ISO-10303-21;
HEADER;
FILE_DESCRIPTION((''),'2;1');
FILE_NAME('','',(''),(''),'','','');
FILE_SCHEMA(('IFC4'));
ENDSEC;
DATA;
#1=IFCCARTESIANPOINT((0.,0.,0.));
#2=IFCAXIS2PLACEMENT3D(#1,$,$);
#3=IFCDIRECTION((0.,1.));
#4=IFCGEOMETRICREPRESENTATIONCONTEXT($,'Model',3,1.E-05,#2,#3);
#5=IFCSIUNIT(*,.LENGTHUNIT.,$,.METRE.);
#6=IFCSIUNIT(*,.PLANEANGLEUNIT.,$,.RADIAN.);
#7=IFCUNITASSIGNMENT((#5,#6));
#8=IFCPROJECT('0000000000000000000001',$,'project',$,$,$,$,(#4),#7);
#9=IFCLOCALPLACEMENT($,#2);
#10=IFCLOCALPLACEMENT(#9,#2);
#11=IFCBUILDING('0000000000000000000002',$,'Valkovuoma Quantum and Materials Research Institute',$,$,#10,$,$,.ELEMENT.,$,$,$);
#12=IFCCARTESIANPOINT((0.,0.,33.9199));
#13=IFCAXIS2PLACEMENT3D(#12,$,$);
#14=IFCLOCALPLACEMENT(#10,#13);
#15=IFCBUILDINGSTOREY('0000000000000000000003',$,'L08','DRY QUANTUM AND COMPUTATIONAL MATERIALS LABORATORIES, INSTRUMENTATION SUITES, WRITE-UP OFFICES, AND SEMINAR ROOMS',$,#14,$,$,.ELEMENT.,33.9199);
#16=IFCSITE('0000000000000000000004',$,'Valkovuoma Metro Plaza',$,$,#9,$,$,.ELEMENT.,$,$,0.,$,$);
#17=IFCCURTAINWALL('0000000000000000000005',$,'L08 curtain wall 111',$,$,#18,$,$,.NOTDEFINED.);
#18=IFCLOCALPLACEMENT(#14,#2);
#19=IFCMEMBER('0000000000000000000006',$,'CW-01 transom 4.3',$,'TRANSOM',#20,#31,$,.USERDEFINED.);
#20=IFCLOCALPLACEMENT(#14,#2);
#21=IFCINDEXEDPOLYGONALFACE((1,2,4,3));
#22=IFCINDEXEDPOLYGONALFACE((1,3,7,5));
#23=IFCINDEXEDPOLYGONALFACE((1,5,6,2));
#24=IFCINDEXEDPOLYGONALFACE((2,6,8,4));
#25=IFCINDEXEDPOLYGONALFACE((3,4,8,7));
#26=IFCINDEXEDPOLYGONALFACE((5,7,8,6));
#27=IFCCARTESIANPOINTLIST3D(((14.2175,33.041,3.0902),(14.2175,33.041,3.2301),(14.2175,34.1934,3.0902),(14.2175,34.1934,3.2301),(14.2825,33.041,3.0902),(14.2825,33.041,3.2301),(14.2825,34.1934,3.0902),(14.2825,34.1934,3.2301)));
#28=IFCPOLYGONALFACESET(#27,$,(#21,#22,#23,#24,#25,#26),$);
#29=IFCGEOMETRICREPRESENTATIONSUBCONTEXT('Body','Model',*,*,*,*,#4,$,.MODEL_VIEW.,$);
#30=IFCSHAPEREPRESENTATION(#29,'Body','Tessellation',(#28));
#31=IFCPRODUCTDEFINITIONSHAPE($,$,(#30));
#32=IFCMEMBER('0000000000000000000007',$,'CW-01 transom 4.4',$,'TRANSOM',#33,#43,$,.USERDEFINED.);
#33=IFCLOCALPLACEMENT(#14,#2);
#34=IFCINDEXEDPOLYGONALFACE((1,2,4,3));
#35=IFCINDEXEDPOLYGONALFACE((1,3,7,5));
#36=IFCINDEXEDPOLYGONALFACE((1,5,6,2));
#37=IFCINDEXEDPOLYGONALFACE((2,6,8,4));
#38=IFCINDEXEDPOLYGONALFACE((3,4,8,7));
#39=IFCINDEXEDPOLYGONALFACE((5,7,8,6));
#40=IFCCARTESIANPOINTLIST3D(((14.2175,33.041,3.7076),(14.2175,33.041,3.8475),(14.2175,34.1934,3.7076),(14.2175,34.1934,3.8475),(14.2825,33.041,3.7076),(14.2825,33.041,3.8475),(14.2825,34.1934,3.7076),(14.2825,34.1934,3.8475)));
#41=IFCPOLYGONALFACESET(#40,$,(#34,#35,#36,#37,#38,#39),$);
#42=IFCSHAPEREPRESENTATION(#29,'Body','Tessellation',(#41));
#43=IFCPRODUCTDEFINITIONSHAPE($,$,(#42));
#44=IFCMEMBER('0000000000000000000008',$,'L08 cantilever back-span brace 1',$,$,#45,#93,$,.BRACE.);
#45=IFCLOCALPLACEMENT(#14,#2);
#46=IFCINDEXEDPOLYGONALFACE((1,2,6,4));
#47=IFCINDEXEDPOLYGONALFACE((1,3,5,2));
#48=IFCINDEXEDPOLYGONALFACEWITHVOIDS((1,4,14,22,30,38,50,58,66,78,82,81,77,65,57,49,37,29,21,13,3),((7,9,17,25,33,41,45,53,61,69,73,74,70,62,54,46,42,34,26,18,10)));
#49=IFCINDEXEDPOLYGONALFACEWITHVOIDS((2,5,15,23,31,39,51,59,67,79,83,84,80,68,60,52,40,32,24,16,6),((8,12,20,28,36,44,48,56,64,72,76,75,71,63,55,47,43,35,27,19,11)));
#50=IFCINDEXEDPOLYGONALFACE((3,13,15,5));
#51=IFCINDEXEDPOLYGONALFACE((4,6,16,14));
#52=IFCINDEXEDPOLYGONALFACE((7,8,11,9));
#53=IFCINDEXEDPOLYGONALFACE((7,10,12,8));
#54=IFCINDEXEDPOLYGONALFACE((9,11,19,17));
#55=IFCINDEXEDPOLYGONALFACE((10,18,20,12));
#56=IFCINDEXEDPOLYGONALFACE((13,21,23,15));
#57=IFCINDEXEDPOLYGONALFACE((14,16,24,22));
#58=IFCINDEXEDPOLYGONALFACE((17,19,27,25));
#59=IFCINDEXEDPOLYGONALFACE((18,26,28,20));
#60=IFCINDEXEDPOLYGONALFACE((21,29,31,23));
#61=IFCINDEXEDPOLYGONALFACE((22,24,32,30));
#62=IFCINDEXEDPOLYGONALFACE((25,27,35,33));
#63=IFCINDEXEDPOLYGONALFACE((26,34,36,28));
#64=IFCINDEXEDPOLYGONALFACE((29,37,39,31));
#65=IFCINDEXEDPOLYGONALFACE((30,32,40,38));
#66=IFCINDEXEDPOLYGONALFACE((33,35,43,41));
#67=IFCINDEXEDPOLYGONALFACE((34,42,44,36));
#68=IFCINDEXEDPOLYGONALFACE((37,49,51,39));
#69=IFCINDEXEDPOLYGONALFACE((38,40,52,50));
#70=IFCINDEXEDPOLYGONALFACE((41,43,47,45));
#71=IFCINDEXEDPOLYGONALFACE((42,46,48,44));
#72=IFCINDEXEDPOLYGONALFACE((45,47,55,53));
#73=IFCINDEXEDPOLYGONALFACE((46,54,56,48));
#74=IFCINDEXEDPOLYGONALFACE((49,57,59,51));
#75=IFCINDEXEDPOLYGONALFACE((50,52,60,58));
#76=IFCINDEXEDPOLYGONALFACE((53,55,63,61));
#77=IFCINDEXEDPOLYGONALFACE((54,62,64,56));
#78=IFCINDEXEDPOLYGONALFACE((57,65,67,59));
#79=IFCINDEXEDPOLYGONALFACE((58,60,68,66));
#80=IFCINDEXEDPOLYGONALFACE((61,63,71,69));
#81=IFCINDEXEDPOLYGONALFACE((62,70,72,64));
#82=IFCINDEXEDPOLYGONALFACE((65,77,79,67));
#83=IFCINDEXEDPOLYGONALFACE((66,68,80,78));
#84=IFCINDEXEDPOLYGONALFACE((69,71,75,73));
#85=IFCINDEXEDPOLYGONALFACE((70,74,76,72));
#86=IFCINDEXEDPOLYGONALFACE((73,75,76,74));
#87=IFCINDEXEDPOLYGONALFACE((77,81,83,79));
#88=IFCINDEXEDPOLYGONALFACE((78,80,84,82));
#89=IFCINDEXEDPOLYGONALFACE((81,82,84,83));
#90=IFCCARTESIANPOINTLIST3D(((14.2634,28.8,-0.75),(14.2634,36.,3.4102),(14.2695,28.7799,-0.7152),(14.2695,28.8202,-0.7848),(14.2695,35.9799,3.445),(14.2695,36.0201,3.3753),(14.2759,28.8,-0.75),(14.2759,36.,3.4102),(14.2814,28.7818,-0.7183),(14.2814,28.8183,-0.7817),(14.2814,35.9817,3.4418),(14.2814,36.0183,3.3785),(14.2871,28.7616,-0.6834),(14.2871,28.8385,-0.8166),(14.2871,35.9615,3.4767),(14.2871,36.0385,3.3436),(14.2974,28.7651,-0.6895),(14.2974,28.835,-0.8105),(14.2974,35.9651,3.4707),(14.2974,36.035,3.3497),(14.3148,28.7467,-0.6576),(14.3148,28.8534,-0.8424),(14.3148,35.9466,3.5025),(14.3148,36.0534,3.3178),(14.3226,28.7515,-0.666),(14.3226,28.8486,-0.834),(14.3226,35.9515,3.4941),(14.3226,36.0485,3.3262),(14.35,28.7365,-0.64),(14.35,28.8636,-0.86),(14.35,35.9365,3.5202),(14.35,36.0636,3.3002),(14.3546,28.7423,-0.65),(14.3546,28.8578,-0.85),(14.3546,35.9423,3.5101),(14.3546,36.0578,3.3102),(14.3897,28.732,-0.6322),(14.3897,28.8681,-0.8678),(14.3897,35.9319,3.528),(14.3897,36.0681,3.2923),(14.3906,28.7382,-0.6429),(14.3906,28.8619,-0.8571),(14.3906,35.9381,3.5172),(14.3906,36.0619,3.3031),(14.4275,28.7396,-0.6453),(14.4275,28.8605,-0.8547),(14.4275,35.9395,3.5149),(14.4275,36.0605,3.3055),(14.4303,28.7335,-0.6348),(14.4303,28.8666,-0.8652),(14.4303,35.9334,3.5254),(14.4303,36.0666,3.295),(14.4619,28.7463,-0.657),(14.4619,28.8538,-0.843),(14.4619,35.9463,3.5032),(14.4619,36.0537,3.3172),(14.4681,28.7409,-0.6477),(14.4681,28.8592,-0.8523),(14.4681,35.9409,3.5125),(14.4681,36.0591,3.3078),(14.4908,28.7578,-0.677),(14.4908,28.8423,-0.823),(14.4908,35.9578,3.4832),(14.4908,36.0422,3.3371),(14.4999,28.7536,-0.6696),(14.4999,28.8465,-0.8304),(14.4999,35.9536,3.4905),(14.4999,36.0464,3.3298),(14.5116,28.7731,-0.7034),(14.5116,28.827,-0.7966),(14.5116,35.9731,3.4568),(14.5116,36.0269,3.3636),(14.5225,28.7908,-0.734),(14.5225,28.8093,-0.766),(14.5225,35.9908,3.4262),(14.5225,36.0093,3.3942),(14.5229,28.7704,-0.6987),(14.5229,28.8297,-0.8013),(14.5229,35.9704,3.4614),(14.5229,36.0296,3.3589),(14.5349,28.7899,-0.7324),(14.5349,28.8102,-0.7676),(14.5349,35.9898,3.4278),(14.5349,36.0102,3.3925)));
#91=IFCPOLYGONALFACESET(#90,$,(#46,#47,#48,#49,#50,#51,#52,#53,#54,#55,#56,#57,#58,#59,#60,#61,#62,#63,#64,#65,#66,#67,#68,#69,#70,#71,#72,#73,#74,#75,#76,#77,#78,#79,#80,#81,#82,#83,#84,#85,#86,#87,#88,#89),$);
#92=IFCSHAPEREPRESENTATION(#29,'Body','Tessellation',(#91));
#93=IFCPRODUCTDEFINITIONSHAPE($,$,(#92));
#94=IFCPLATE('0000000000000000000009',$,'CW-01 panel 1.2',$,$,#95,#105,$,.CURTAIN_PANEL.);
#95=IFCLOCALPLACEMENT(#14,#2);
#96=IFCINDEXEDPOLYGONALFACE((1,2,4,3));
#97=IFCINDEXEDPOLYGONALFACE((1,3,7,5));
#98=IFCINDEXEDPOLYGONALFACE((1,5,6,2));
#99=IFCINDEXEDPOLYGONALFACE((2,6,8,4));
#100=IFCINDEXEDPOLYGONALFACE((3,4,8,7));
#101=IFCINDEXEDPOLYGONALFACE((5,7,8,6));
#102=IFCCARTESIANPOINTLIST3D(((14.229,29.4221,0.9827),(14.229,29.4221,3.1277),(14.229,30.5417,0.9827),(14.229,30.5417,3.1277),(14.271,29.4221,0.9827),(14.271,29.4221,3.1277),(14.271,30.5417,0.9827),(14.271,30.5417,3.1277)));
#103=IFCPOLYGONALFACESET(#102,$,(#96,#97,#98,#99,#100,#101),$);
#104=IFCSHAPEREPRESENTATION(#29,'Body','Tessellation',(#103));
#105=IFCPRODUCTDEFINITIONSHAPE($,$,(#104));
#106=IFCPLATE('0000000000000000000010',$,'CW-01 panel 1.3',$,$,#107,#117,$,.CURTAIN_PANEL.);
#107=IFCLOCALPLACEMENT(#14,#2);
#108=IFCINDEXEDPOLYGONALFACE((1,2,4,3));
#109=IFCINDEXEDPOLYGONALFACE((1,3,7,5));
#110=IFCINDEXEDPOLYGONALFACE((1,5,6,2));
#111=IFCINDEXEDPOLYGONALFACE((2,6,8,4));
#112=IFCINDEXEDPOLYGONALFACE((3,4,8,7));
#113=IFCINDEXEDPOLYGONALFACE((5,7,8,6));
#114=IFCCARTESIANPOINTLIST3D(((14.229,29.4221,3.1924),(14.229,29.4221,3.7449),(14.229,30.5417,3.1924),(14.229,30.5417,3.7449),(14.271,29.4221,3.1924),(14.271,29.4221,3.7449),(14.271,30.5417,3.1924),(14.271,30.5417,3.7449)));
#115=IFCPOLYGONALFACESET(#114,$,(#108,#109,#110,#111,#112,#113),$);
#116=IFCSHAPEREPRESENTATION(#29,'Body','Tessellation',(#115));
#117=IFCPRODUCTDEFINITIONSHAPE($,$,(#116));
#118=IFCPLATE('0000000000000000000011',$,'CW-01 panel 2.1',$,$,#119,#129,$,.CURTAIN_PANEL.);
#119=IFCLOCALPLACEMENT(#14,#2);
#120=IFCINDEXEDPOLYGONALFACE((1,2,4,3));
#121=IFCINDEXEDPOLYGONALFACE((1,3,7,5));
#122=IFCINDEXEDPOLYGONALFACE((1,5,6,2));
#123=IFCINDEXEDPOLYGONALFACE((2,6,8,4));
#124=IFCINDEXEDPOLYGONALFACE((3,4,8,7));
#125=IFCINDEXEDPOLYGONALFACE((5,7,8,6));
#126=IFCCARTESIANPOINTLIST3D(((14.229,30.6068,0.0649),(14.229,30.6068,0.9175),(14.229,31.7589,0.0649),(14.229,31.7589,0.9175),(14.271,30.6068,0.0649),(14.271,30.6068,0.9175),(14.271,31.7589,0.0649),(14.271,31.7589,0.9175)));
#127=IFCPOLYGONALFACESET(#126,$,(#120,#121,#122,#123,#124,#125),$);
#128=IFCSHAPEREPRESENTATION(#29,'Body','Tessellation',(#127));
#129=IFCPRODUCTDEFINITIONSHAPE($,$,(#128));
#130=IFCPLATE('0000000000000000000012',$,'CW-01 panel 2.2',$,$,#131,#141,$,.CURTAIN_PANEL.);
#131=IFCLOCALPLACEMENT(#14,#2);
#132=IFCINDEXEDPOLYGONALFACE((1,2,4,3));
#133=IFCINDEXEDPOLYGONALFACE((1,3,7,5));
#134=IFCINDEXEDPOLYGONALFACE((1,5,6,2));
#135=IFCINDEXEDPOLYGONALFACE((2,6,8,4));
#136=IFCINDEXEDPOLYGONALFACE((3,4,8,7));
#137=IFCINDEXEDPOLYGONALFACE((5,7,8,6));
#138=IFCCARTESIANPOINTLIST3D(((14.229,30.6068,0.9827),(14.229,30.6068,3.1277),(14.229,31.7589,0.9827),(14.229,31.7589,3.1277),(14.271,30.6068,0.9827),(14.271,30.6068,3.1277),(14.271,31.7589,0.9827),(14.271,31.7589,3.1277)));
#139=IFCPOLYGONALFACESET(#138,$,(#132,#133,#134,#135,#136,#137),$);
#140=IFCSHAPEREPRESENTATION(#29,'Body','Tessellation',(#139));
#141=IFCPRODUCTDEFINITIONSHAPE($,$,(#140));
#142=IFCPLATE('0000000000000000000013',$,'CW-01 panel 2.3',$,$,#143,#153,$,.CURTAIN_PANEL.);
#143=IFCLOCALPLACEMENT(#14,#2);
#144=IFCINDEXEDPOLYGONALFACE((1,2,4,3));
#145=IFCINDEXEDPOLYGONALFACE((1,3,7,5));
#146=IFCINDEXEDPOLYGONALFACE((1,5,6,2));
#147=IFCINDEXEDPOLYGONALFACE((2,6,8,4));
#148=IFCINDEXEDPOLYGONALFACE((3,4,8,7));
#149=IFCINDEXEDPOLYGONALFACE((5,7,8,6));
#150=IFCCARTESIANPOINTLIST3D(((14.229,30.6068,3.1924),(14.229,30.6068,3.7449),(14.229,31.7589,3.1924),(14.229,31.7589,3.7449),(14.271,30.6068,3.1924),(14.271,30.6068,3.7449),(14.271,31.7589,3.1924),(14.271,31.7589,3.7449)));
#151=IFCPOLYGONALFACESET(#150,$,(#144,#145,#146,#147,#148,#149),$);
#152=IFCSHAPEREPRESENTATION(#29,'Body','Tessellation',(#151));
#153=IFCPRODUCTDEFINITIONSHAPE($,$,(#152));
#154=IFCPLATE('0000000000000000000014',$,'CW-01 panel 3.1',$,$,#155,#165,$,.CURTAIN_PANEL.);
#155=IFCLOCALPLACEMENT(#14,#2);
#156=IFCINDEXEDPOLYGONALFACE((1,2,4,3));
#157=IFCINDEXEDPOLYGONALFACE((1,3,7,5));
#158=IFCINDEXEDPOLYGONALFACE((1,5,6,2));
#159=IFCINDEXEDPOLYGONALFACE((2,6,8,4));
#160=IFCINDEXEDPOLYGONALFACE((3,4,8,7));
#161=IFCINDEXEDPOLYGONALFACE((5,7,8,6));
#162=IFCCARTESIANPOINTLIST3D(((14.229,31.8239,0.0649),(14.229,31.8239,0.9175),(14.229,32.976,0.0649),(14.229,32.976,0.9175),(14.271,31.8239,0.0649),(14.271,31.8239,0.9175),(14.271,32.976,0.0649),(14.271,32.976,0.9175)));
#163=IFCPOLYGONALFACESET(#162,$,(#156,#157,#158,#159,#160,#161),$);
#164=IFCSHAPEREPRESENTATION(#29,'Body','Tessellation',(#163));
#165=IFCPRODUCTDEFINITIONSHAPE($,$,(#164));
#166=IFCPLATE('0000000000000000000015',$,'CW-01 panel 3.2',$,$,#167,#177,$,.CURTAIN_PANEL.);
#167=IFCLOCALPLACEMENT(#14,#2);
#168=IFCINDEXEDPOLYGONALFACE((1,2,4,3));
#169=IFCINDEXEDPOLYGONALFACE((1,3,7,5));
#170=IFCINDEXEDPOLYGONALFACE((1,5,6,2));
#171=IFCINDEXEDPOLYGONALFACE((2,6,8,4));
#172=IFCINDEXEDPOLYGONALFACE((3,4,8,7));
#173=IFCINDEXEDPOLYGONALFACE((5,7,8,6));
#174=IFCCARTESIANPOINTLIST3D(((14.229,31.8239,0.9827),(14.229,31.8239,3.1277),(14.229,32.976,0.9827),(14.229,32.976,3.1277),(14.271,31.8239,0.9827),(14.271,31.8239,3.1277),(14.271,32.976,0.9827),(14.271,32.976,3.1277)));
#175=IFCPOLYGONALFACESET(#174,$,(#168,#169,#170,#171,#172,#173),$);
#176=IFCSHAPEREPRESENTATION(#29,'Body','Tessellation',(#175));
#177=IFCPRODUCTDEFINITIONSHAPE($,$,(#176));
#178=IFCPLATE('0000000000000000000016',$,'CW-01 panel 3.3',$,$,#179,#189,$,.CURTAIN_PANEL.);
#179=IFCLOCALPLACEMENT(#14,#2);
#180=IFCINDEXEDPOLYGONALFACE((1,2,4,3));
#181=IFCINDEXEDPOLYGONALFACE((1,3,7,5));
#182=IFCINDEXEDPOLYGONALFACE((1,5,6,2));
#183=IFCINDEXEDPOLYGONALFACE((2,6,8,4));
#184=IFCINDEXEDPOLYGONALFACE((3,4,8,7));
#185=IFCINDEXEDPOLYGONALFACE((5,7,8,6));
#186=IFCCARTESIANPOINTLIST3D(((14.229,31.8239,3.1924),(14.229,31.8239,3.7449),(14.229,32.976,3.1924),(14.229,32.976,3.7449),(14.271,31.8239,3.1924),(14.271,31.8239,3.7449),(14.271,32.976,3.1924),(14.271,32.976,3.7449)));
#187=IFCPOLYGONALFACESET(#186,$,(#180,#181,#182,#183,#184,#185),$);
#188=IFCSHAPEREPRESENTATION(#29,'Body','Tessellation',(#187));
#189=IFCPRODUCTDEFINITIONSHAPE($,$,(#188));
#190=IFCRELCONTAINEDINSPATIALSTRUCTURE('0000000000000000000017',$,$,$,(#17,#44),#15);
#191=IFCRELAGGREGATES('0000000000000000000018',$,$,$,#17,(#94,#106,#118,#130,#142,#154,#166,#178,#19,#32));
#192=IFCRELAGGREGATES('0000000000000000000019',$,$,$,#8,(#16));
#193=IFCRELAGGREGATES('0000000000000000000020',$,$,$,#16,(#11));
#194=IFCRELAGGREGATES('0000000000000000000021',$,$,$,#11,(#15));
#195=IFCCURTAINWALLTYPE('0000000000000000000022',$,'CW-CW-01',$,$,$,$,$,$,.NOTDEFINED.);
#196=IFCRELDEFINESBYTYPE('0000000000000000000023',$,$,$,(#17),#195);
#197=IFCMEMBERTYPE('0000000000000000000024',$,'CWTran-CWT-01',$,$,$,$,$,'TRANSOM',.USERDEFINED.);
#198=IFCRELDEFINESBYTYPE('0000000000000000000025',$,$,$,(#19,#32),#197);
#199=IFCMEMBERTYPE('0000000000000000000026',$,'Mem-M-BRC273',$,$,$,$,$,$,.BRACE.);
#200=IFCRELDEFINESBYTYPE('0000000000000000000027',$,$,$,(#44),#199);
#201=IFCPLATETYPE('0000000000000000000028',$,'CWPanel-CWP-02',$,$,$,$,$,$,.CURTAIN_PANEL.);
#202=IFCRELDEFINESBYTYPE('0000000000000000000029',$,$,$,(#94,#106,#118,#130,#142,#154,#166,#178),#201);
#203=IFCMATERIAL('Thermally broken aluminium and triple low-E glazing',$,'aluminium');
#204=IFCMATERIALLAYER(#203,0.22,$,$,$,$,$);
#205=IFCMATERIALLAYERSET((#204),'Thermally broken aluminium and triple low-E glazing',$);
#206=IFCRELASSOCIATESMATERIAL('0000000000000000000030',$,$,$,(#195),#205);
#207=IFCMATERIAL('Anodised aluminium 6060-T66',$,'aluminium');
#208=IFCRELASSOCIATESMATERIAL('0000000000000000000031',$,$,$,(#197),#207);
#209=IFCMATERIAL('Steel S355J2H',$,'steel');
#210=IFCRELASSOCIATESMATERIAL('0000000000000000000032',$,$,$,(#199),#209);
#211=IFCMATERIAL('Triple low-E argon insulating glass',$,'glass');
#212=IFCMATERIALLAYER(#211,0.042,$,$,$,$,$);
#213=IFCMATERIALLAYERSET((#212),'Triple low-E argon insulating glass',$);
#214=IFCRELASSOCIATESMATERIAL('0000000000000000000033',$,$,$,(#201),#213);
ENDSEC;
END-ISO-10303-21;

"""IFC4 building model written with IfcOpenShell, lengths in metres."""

from ifc_helpers import new_model, si_unit, direction, frame, origin, origin_2d, place, context, subcontext, project, spatial, rectangle, hollow_circle, extrude, material, layer, layer_set, material_profile, profile_set, type_object, element, aggregate, save


model = new_model("IFC4")

# Units and contexts
model_context = context("Model", 3, precision=1e-05, world=origin(), true_north=direction((0.0, 1.0)))
body_context = subcontext(model_context, "Body", "Model", "MODEL_VIEW")
ifc_project = project(units=[si_unit("LENGTHUNIT", "METRE"), si_unit("PLANEANGLEUNIT", "RADIAN")], contexts=[model_context])

# Site, building, storey
site_placement = place(None, origin())
site = spatial("IfcSite", under=ifc_project, at=site_placement, Name="Valkovuoma Metro Plaza", CompositionType="ELEMENT", RefElevation=0.0)
building_placement = place(site_placement, origin())
building = spatial("IfcBuilding", under=site, at=building_placement, Name="Valkovuoma Quantum and Materials Research Institute", CompositionType="ELEMENT")
storey_placement = place(building_placement, frame((0.0, 0.0, 33.9199)))
storey = spatial("IfcBuildingStorey", under=building, at=storey_placement, Name="L08", Description="DRY QUANTUM AND COMPUTATIONAL MATERIALS LABORATORIES, INSTRUMENTATION SUITES, WRITE-UP OFFICES, AND SEMINAR ROOMS", CompositionType="ELEMENT", Elevation=33.9199)

# Curtain wall, members
ifc_material_1 = material(Name="Thermally broken aluminium and triple low-E glazing", Category="aluminium")
ifc_layer_1 = layer(ifc_material_1, 0.22)
ifc_layer_set_1 = layer_set([ifc_layer_1], Name="Thermally broken aluminium and triple low-E glazing")
curtain_wall_type = type_object("IfcCurtainWallType", Name="CW-CW-01", PredefinedType="NOTDEFINED", material=ifc_layer_set_1)
curtain_wall_placement = place(storey_placement, origin())
curtain_wall = element("IfcCurtainWall", 1, at=curtain_wall_placement, inside=storey, type_object=curtain_wall_type, Name="L08 curtain wall 111", PredefinedType="NOTDEFINED")
ifc_material_2 = material(Name="Anodised aluminium 6060-T66", Category="aluminium")
ifc_material_profile_1 = material_profile(ifc_material_2, rectangle(XDim=0.0649, YDim=0.1399, at=origin_2d()), Name="Anodised aluminium 6060-T66")
ifc_profile_set_1 = profile_set([ifc_material_profile_1], Name="Anodised aluminium 6060-T66")
member_type_1 = type_object("IfcMemberType", Name="CWTran-CWT-01", ElementType="TRANSOM", PredefinedType="USERDEFINED", material=ifc_profile_set_1)
member_1_placement = place(storey_placement, frame((14.25, 33.041, 3.1602), z_axis=(0.0, 1.0, 0.0), x_axis=(-1.0, 0.0, 0.0)))
member_1 = element("IfcMember", 2, at=member_1_placement, type_object=member_type_1, Name="CW-01 transom 4.3", ObjectType="TRANSOM", PredefinedType="USERDEFINED", context=body_context, shape_type="SweptSolid", body=[
    extrude(rectangle(XDim=0.0649, YDim=0.1399, at=origin_2d()), origin(), (0.0, 0.0, 1.0), 1.1523),
])
member_2_placement = place(storey_placement, frame((14.25, 33.041, 3.7776), z_axis=(0.0, 1.0, 0.0), x_axis=(-1.0, 0.0, 0.0)))
member_2 = element("IfcMember", 3, at=member_2_placement, type_object=member_type_1, Name="CW-01 transom 4.4", ObjectType="TRANSOM", PredefinedType="USERDEFINED", context=body_context, shape_type="SweptSolid", body=[
    extrude(rectangle(XDim=0.0649, YDim=0.1399, at=origin_2d()), origin(), (0.0, 0.0, 1.0), 1.1523),
])

# Member
ifc_material_3 = material(Name="Steel S355J2H", Category="steel")
ifc_material_profile_2 = material_profile(ifc_material_3, hollow_circle(Radius=0.1365, WallThickness=0.0125, at=origin_2d()), Name="Steel S355J2H")
ifc_profile_set_2 = profile_set([ifc_material_profile_2], Name="Steel S355J2H")
member_type_2 = type_object("IfcMemberType", Name="Mem-M-BRC273", PredefinedType="BRACE", material=ifc_profile_set_2)
member_3_placement = place(storey_placement, frame((14.3999, 28.8, -0.75), z_axis=(0.0, 0.865855, 0.500294), x_axis=(-1.0, 0.0, 0.0)))
element("IfcMember", 4, at=member_3_placement, inside=storey, type_object=member_type_2, Name="L08 cantilever back-span brace 1", PredefinedType="BRACE", context=body_context, shape_type="SweptSolid", body=[
    extrude(hollow_circle(Radius=0.1365, WallThickness=0.0125, at=origin_2d()), origin(), (0.0, 0.0, 1.0), 8.3154),
])

# Plates
ifc_material_4 = material(Name="Triple low-E argon insulating glass", Category="glass")
ifc_layer_2 = layer(ifc_material_4, 0.042)
ifc_layer_set_2 = layer_set([ifc_layer_2], Name="Triple low-E argon insulating glass")
plate_type_1 = type_object("IfcPlateType", Name="CWPanel-CWP-02", PredefinedType="CURTAIN_PANEL", material=ifc_layer_set_2)
plate_1_placement = place(storey_placement, frame((14.25, 29.9819, 0.9827), z_axis=(0.0, 0.0, 1.0), x_axis=(0.0, 1.0, 0.0)))
plate_1 = element("IfcPlate", 5, at=plate_1_placement, type_object=plate_type_1, Name="CW-01 panel 1.2", PredefinedType="CURTAIN_PANEL", context=body_context, shape_type="SweptSolid", body=[
    extrude(rectangle(XDim=1.1196, YDim=0.042, at=origin_2d()), origin(), (0.0, 0.0, 1.0), 2.145),
])
plate_2_placement = place(storey_placement, frame((14.25, 29.9819, 3.1924), z_axis=(0.0, 0.0, 1.0), x_axis=(0.0, 1.0, 0.0)))
plate_2 = element("IfcPlate", 6, at=plate_2_placement, type_object=plate_type_1, Name="CW-01 panel 1.3", PredefinedType="CURTAIN_PANEL", context=body_context, shape_type="SweptSolid", body=[
    extrude(rectangle(XDim=1.1196, YDim=0.042, at=origin_2d()), origin(), (0.0, 0.0, 1.0), 0.5525),
])
plate_3_placement = place(storey_placement, frame((14.25, 31.1829, 0.0649), z_axis=(0.0, 0.0, 1.0), x_axis=(0.0, 1.0, 0.0)))
plate_3 = element("IfcPlate", 7, at=plate_3_placement, type_object=plate_type_1, Name="CW-01 panel 2.1", PredefinedType="CURTAIN_PANEL", context=body_context, shape_type="SweptSolid", body=[
    extrude(rectangle(XDim=1.1521, YDim=0.042, at=origin_2d()), origin(), (0.0, 0.0, 1.0), 0.8525),
])
plate_4_placement = place(storey_placement, frame((14.25, 31.1829, 0.9827), z_axis=(0.0, 0.0, 1.0), x_axis=(0.0, 1.0, 0.0)))
plate_4 = element("IfcPlate", 8, at=plate_4_placement, type_object=plate_type_1, Name="CW-01 panel 2.2", PredefinedType="CURTAIN_PANEL", context=body_context, shape_type="SweptSolid", body=[
    extrude(rectangle(XDim=1.1521, YDim=0.042, at=origin_2d()), origin(), (0.0, 0.0, 1.0), 2.145),
])
plate_5_placement = place(storey_placement, frame((14.25, 31.1829, 3.1924), z_axis=(0.0, 0.0, 1.0), x_axis=(0.0, 1.0, 0.0)))
plate_5 = element("IfcPlate", 9, at=plate_5_placement, type_object=plate_type_1, Name="CW-01 panel 2.3", PredefinedType="CURTAIN_PANEL", context=body_context, shape_type="SweptSolid", body=[
    extrude(rectangle(XDim=1.1521, YDim=0.042, at=origin_2d()), origin(), (0.0, 0.0, 1.0), 0.5525),
])
plate_6_placement = place(storey_placement, frame((14.25, 32.3999, 0.0649), z_axis=(0.0, 0.0, 1.0), x_axis=(0.0, 1.0, 0.0)))
plate_6 = element("IfcPlate", 10, at=plate_6_placement, type_object=plate_type_1, Name="CW-01 panel 3.1", PredefinedType="CURTAIN_PANEL", context=body_context, shape_type="SweptSolid", body=[
    extrude(rectangle(XDim=1.1521, YDim=0.042, at=origin_2d()), origin(), (0.0, 0.0, 1.0), 0.8525),
])
plate_7_placement = place(storey_placement, frame((14.25, 32.3999, 0.9827), z_axis=(0.0, 0.0, 1.0), x_axis=(0.0, 1.0, 0.0)))
plate_7 = element("IfcPlate", 11, at=plate_7_placement, type_object=plate_type_1, Name="CW-01 panel 3.2", PredefinedType="CURTAIN_PANEL", context=body_context, shape_type="SweptSolid", body=[
    extrude(rectangle(XDim=1.1521, YDim=0.042, at=origin_2d()), origin(), (0.0, 0.0, 1.0), 2.145),
])
plate_8_placement = place(storey_placement, frame((14.25, 32.3999, 3.1924), z_axis=(0.0, 0.0, 1.0), x_axis=(0.0, 1.0, 0.0)))
plate_8 = element("IfcPlate", 12, at=plate_8_placement, type_object=plate_type_1, Name="CW-01 panel 3.3", PredefinedType="CURTAIN_PANEL", context=body_context, shape_type="SweptSolid", body=[
    extrude(rectangle(XDim=1.1521, YDim=0.042, at=origin_2d()), origin(), (0.0, 0.0, 1.0), 0.5525),
])
aggregate(curtain_wall, [plate_1, plate_2, plate_3, plate_4, plate_5, plate_6, plate_7, plate_8, member_1, member_2])

save(model, "model.ifc")
